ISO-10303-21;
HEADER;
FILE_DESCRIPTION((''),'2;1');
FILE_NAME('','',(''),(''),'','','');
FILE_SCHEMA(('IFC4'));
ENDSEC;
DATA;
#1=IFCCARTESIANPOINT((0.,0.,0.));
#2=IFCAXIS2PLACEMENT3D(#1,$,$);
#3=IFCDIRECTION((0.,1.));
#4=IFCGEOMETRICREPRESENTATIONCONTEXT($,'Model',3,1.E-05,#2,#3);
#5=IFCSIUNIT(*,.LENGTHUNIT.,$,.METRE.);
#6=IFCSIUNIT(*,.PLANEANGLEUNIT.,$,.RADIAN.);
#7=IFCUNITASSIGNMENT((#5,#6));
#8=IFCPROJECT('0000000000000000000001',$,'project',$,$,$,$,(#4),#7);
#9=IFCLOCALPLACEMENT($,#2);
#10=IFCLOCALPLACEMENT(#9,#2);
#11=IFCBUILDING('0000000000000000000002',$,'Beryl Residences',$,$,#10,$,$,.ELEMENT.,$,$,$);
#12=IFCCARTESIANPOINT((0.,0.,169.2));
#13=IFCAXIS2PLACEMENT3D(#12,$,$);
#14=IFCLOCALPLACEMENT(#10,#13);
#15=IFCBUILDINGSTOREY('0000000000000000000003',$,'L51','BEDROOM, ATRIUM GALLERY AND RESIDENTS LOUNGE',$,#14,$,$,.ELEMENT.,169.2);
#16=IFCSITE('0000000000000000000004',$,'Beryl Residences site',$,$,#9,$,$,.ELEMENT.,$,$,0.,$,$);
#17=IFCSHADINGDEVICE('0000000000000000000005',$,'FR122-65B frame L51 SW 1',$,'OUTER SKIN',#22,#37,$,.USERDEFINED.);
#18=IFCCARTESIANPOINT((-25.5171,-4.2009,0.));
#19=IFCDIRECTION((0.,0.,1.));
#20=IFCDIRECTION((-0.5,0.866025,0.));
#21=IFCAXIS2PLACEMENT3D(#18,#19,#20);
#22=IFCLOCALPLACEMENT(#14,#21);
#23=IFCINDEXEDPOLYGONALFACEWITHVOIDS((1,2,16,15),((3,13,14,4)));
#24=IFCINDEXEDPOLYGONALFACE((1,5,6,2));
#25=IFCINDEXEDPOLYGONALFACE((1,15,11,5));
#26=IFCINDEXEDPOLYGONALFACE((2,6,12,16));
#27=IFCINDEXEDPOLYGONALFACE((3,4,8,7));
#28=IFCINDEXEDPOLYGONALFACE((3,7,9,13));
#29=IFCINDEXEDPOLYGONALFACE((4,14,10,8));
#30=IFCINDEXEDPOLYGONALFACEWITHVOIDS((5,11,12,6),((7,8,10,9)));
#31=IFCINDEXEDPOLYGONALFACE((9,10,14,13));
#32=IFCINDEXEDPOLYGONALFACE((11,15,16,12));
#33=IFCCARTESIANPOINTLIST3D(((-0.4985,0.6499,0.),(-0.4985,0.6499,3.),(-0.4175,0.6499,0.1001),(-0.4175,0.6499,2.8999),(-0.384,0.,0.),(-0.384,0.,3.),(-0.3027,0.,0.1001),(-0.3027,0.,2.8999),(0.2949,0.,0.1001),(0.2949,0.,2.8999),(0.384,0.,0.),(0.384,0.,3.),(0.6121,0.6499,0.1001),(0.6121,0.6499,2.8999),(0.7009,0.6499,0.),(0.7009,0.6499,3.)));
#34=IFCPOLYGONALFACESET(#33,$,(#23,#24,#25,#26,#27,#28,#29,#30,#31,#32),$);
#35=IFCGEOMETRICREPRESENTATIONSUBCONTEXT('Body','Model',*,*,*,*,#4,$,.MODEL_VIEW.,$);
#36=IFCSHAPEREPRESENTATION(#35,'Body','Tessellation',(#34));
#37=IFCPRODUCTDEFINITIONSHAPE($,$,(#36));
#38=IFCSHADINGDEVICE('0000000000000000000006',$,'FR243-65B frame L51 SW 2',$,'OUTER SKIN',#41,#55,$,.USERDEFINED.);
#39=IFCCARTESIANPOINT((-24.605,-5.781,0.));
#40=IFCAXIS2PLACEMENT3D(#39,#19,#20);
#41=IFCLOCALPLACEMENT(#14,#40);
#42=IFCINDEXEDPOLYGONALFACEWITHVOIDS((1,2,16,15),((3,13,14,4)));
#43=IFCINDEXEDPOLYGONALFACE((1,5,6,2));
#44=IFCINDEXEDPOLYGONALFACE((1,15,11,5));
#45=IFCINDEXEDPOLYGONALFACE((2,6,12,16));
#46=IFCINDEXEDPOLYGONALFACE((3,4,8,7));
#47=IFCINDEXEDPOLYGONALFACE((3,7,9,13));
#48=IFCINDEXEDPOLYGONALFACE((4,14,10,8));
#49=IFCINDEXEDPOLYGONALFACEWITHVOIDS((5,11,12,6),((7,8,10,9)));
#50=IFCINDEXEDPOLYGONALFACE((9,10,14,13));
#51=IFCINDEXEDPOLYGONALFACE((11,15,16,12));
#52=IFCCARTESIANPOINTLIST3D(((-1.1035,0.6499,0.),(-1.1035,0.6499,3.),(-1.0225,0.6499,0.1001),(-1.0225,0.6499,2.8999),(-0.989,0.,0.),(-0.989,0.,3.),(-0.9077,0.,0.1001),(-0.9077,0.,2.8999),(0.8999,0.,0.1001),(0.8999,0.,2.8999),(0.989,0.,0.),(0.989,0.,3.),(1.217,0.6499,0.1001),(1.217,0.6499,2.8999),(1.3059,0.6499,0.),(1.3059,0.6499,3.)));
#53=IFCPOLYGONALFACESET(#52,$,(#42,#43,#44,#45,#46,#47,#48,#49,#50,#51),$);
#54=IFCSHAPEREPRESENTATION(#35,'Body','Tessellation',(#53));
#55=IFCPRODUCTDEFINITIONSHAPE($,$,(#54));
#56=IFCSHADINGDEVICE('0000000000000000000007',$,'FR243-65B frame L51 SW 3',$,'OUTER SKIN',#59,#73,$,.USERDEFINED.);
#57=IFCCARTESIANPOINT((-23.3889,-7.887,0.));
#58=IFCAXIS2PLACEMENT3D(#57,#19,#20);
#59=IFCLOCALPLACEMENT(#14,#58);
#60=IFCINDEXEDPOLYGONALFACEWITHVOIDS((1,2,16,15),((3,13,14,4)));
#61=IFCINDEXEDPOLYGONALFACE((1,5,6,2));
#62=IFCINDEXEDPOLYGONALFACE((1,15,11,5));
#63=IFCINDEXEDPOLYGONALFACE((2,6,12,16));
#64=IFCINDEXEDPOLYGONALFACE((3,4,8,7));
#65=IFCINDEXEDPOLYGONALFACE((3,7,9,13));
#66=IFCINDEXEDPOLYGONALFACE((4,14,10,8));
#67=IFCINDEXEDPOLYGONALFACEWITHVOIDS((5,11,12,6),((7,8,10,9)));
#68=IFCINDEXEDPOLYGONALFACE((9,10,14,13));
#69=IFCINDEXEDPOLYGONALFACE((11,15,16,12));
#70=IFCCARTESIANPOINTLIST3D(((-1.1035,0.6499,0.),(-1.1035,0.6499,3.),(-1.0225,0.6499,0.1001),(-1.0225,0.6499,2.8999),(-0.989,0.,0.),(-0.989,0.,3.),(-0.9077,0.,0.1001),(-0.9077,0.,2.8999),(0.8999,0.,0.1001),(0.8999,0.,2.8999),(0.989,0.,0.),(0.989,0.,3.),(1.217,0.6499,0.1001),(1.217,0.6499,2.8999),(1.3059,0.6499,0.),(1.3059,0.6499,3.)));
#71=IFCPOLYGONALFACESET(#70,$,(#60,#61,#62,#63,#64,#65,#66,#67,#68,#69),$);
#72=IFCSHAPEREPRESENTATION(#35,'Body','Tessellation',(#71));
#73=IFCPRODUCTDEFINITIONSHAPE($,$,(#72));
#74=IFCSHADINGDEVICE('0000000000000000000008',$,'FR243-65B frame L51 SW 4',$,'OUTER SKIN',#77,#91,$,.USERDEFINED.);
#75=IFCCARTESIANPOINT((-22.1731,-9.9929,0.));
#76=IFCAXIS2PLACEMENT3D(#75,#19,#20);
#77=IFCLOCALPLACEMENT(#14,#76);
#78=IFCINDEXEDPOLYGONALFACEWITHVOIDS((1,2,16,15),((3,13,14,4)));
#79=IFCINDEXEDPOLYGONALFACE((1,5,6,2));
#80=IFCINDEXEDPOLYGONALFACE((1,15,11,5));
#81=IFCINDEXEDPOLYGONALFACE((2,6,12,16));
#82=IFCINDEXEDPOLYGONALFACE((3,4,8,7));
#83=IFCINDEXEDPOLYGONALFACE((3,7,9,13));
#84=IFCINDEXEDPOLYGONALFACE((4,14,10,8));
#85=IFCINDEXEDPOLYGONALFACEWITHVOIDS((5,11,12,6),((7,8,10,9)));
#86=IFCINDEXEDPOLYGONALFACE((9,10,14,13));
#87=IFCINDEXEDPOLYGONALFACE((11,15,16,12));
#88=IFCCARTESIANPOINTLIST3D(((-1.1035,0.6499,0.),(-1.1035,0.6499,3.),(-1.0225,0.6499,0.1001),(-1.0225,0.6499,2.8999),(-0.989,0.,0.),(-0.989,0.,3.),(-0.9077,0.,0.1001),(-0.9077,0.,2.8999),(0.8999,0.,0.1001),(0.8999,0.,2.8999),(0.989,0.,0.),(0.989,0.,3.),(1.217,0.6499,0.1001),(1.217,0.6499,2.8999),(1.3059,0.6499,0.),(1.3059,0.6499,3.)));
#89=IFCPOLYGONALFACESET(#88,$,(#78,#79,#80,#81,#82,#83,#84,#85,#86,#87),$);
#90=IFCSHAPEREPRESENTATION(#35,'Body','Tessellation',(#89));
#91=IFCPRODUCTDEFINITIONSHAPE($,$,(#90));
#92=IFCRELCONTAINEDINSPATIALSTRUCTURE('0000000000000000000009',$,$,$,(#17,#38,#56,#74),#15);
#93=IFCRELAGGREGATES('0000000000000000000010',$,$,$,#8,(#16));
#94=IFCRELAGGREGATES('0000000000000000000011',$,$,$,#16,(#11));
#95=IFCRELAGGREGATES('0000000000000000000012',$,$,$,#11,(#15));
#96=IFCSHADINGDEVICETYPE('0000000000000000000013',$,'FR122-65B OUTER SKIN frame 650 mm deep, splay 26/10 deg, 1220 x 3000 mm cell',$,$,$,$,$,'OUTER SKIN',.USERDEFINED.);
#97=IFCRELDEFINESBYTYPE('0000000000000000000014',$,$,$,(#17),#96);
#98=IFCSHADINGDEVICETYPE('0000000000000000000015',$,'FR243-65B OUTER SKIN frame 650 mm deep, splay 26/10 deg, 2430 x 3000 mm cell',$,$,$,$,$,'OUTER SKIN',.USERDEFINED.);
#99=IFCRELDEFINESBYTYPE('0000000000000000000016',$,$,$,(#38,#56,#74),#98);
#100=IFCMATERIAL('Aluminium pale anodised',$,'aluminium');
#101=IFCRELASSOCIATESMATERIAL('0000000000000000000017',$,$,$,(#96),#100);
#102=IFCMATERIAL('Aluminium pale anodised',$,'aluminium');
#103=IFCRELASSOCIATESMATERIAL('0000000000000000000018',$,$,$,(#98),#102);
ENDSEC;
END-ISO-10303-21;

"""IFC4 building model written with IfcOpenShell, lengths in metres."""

from ifc_helpers import new_model, entity, si_unit, direction, frame, origin, place, context, subcontext, project, spatial, source, transform, mapped, material, type_object, type_shapes, element, save


model = new_model("IFC4")

# Units and contexts
model_context = context("Model", 3, precision=1e-05, world=origin(), true_north=direction((0.0, 1.0)))
body_context = subcontext(model_context, "Body", "Model", "MODEL_VIEW")
ifc_project = project(units=[si_unit("LENGTHUNIT", "METRE"), si_unit("PLANEANGLEUNIT", "RADIAN")], contexts=[model_context])

# Site, building, storey
site_placement = place(None, origin())
site = spatial("IfcSite", under=ifc_project, at=site_placement, Name="Beryl Residences site", CompositionType="ELEMENT", RefElevation=0.0)
building_placement = place(site_placement, origin())
building = spatial("IfcBuilding", under=site, at=building_placement, Name="Beryl Residences", CompositionType="ELEMENT")
storey_placement = place(building_placement, frame((0.0, 0.0, 169.2)))
storey = spatial("IfcBuildingStorey", under=building, at=storey_placement, Name="L51", Description="BEDROOM, ATRIUM GALLERY AND RESIDENTS LOUNGE", CompositionType="ELEMENT", Elevation=169.2)

# Shading devices
ifc_material_1 = material(Name="Aluminium pale anodised", Category="aluminium")
shading_device_type_1 = type_object("IfcShadingDeviceType", Name="FR122-65B OUTER SKIN frame 650 mm deep, splay 26/10 deg, 1220 x 3000 mm cell", ElementType="OUTER SKIN", PredefinedType="USERDEFINED", material=ifc_material_1)
cartesian_point_1 = entity("IfcCartesianPoint", [-0.384, 0.0])
cartesian_point_2 = entity("IfcCartesianPoint", [-0.2949, 0.1001])
cartesian_point_3 = entity("IfcCartesianPoint", [-0.7009, 0.0])
cartesian_point_4 = entity("IfcCartesianPoint", [-0.6121, 0.1001])
shared_shape_1 = source(origin(), body_context, "Body", "SweptSolid", [
    entity("IfcExtrudedAreaSolidTapered", entity("IfcArbitraryProfileDefWithVoids", "AREA", None, entity("IfcPolyline", [cartesian_point_1, entity("IfcCartesianPoint", [0.384, 0.0]), entity("IfcCartesianPoint", [0.384, 3.0]), entity("IfcCartesianPoint", [-0.384, 3.0]), cartesian_point_1]), [entity("IfcPolyline", [cartesian_point_2, entity("IfcCartesianPoint", [0.3027, 0.1001]), entity("IfcCartesianPoint", [0.3027, 2.8999]), entity("IfcCartesianPoint", [-0.2949, 2.8999]), cartesian_point_2])]), entity("IfcAxis2Placement3D", entity("IfcCartesianPoint", [0.0, 0.0, 0.0]), entity("IfcDirection", [0.0, 1.0, 0.0]), entity("IfcDirection", [-1.0, 0.0, 0.0])), entity("IfcDirection", [0.0, 0.0, 1.0]), 0.6499, entity("IfcArbitraryProfileDefWithVoids", "AREA", None, entity("IfcPolyline", [cartesian_point_3, entity("IfcCartesianPoint", [0.4985, 0.0]), entity("IfcCartesianPoint", [0.4985, 3.0]), entity("IfcCartesianPoint", [-0.7009, 3.0]), cartesian_point_3]), [entity("IfcPolyline", [cartesian_point_4, entity("IfcCartesianPoint", [0.4175, 0.1001]), entity("IfcCartesianPoint", [0.4175, 2.8999]), entity("IfcCartesianPoint", [-0.6121, 2.8999]), cartesian_point_4])])),
])
type_shapes(shading_device_type_1, [shared_shape_1])
shading_device_placement = place(storey_placement, frame((-25.5171, -4.2009, 0.0), z_axis=(0.0, 0.0, 1.0), x_axis=(-0.5, 0.866025, 0.0)))
element("IfcShadingDevice", 1, at=shading_device_placement, inside=storey, type_object=shading_device_type_1, Name="FR122-65B frame L51 SW 1", ObjectType="OUTER SKIN", PredefinedType="USERDEFINED", context=body_context, shape_type="MappedRepresentation", body=[
    mapped(shared_shape_1, transform((0.0, 0.0, 0.0))),
])
ifc_material_2 = material(Name="Aluminium pale anodised", Category="aluminium")
shading_device_type_2 = type_object("IfcShadingDeviceType", Name="FR243-65B OUTER SKIN frame 650 mm deep, splay 26/10 deg, 2430 x 3000 mm cell", ElementType="OUTER SKIN", PredefinedType="USERDEFINED", material=ifc_material_2)
cartesian_point_5 = entity("IfcCartesianPoint", [-0.989, 0.0])
cartesian_point_6 = entity("IfcCartesianPoint", [-0.8999, 0.1001])
cartesian_point_7 = entity("IfcCartesianPoint", [-1.3059, 0.0])
cartesian_point_8 = entity("IfcCartesianPoint", [-1.217, 0.1001])
shared_shape_2 = source(origin(), body_context, "Body", "SweptSolid", [
    entity("IfcExtrudedAreaSolidTapered", entity("IfcArbitraryProfileDefWithVoids", "AREA", None, entity("IfcPolyline", [cartesian_point_5, entity("IfcCartesianPoint", [0.989, 0.0]), entity("IfcCartesianPoint", [0.989, 3.0]), entity("IfcCartesianPoint", [-0.989, 3.0]), cartesian_point_5]), [entity("IfcPolyline", [cartesian_point_6, entity("IfcCartesianPoint", [0.9077, 0.1001]), entity("IfcCartesianPoint", [0.9077, 2.8999]), entity("IfcCartesianPoint", [-0.8999, 2.8999]), cartesian_point_6])]), entity("IfcAxis2Placement3D", entity("IfcCartesianPoint", [0.0, 0.0, 0.0]), entity("IfcDirection", [0.0, 1.0, 0.0]), entity("IfcDirection", [-1.0, 0.0, 0.0])), entity("IfcDirection", [0.0, 0.0, 1.0]), 0.6499, entity("IfcArbitraryProfileDefWithVoids", "AREA", None, entity("IfcPolyline", [cartesian_point_7, entity("IfcCartesianPoint", [1.1035, 0.0]), entity("IfcCartesianPoint", [1.1035, 3.0]), entity("IfcCartesianPoint", [-1.3059, 3.0]), cartesian_point_7]), [entity("IfcPolyline", [cartesian_point_8, entity("IfcCartesianPoint", [1.0225, 0.1001]), entity("IfcCartesianPoint", [1.0225, 2.8999]), entity("IfcCartesianPoint", [-1.217, 2.8999]), cartesian_point_8])])),
])
type_shapes(shading_device_type_2, [shared_shape_2])
for number, where, z_axis, x_axis, name in (
    (2, (-24.605, -5.781, 0.0), (0.0, 0.0, 1.0), (-0.5, 0.866025, 0.0), "FR243-65B frame L51 SW 2"),
    (3, (-23.3889, -7.887, 0.0), (0.0, 0.0, 1.0), (-0.5, 0.866025, 0.0), "FR243-65B frame L51 SW 3"),
    (4, (-22.1731, -9.9929, 0.0), (0.0, 0.0, 1.0), (-0.5, 0.866025, 0.0), "FR243-65B frame L51 SW 4"),
):
    element("IfcShadingDevice", number, at=place(storey_placement, frame(where, z_axis=z_axis, x_axis=x_axis)), inside=storey, type_object=shading_device_type_2, Name=name, ObjectType="OUTER SKIN", PredefinedType="USERDEFINED", context=body_context, shape_type="MappedRepresentation", body=[
        mapped(shared_shape_2, transform((0.0, 0.0, 0.0))),
    ])

save(model, "model.ifc")
